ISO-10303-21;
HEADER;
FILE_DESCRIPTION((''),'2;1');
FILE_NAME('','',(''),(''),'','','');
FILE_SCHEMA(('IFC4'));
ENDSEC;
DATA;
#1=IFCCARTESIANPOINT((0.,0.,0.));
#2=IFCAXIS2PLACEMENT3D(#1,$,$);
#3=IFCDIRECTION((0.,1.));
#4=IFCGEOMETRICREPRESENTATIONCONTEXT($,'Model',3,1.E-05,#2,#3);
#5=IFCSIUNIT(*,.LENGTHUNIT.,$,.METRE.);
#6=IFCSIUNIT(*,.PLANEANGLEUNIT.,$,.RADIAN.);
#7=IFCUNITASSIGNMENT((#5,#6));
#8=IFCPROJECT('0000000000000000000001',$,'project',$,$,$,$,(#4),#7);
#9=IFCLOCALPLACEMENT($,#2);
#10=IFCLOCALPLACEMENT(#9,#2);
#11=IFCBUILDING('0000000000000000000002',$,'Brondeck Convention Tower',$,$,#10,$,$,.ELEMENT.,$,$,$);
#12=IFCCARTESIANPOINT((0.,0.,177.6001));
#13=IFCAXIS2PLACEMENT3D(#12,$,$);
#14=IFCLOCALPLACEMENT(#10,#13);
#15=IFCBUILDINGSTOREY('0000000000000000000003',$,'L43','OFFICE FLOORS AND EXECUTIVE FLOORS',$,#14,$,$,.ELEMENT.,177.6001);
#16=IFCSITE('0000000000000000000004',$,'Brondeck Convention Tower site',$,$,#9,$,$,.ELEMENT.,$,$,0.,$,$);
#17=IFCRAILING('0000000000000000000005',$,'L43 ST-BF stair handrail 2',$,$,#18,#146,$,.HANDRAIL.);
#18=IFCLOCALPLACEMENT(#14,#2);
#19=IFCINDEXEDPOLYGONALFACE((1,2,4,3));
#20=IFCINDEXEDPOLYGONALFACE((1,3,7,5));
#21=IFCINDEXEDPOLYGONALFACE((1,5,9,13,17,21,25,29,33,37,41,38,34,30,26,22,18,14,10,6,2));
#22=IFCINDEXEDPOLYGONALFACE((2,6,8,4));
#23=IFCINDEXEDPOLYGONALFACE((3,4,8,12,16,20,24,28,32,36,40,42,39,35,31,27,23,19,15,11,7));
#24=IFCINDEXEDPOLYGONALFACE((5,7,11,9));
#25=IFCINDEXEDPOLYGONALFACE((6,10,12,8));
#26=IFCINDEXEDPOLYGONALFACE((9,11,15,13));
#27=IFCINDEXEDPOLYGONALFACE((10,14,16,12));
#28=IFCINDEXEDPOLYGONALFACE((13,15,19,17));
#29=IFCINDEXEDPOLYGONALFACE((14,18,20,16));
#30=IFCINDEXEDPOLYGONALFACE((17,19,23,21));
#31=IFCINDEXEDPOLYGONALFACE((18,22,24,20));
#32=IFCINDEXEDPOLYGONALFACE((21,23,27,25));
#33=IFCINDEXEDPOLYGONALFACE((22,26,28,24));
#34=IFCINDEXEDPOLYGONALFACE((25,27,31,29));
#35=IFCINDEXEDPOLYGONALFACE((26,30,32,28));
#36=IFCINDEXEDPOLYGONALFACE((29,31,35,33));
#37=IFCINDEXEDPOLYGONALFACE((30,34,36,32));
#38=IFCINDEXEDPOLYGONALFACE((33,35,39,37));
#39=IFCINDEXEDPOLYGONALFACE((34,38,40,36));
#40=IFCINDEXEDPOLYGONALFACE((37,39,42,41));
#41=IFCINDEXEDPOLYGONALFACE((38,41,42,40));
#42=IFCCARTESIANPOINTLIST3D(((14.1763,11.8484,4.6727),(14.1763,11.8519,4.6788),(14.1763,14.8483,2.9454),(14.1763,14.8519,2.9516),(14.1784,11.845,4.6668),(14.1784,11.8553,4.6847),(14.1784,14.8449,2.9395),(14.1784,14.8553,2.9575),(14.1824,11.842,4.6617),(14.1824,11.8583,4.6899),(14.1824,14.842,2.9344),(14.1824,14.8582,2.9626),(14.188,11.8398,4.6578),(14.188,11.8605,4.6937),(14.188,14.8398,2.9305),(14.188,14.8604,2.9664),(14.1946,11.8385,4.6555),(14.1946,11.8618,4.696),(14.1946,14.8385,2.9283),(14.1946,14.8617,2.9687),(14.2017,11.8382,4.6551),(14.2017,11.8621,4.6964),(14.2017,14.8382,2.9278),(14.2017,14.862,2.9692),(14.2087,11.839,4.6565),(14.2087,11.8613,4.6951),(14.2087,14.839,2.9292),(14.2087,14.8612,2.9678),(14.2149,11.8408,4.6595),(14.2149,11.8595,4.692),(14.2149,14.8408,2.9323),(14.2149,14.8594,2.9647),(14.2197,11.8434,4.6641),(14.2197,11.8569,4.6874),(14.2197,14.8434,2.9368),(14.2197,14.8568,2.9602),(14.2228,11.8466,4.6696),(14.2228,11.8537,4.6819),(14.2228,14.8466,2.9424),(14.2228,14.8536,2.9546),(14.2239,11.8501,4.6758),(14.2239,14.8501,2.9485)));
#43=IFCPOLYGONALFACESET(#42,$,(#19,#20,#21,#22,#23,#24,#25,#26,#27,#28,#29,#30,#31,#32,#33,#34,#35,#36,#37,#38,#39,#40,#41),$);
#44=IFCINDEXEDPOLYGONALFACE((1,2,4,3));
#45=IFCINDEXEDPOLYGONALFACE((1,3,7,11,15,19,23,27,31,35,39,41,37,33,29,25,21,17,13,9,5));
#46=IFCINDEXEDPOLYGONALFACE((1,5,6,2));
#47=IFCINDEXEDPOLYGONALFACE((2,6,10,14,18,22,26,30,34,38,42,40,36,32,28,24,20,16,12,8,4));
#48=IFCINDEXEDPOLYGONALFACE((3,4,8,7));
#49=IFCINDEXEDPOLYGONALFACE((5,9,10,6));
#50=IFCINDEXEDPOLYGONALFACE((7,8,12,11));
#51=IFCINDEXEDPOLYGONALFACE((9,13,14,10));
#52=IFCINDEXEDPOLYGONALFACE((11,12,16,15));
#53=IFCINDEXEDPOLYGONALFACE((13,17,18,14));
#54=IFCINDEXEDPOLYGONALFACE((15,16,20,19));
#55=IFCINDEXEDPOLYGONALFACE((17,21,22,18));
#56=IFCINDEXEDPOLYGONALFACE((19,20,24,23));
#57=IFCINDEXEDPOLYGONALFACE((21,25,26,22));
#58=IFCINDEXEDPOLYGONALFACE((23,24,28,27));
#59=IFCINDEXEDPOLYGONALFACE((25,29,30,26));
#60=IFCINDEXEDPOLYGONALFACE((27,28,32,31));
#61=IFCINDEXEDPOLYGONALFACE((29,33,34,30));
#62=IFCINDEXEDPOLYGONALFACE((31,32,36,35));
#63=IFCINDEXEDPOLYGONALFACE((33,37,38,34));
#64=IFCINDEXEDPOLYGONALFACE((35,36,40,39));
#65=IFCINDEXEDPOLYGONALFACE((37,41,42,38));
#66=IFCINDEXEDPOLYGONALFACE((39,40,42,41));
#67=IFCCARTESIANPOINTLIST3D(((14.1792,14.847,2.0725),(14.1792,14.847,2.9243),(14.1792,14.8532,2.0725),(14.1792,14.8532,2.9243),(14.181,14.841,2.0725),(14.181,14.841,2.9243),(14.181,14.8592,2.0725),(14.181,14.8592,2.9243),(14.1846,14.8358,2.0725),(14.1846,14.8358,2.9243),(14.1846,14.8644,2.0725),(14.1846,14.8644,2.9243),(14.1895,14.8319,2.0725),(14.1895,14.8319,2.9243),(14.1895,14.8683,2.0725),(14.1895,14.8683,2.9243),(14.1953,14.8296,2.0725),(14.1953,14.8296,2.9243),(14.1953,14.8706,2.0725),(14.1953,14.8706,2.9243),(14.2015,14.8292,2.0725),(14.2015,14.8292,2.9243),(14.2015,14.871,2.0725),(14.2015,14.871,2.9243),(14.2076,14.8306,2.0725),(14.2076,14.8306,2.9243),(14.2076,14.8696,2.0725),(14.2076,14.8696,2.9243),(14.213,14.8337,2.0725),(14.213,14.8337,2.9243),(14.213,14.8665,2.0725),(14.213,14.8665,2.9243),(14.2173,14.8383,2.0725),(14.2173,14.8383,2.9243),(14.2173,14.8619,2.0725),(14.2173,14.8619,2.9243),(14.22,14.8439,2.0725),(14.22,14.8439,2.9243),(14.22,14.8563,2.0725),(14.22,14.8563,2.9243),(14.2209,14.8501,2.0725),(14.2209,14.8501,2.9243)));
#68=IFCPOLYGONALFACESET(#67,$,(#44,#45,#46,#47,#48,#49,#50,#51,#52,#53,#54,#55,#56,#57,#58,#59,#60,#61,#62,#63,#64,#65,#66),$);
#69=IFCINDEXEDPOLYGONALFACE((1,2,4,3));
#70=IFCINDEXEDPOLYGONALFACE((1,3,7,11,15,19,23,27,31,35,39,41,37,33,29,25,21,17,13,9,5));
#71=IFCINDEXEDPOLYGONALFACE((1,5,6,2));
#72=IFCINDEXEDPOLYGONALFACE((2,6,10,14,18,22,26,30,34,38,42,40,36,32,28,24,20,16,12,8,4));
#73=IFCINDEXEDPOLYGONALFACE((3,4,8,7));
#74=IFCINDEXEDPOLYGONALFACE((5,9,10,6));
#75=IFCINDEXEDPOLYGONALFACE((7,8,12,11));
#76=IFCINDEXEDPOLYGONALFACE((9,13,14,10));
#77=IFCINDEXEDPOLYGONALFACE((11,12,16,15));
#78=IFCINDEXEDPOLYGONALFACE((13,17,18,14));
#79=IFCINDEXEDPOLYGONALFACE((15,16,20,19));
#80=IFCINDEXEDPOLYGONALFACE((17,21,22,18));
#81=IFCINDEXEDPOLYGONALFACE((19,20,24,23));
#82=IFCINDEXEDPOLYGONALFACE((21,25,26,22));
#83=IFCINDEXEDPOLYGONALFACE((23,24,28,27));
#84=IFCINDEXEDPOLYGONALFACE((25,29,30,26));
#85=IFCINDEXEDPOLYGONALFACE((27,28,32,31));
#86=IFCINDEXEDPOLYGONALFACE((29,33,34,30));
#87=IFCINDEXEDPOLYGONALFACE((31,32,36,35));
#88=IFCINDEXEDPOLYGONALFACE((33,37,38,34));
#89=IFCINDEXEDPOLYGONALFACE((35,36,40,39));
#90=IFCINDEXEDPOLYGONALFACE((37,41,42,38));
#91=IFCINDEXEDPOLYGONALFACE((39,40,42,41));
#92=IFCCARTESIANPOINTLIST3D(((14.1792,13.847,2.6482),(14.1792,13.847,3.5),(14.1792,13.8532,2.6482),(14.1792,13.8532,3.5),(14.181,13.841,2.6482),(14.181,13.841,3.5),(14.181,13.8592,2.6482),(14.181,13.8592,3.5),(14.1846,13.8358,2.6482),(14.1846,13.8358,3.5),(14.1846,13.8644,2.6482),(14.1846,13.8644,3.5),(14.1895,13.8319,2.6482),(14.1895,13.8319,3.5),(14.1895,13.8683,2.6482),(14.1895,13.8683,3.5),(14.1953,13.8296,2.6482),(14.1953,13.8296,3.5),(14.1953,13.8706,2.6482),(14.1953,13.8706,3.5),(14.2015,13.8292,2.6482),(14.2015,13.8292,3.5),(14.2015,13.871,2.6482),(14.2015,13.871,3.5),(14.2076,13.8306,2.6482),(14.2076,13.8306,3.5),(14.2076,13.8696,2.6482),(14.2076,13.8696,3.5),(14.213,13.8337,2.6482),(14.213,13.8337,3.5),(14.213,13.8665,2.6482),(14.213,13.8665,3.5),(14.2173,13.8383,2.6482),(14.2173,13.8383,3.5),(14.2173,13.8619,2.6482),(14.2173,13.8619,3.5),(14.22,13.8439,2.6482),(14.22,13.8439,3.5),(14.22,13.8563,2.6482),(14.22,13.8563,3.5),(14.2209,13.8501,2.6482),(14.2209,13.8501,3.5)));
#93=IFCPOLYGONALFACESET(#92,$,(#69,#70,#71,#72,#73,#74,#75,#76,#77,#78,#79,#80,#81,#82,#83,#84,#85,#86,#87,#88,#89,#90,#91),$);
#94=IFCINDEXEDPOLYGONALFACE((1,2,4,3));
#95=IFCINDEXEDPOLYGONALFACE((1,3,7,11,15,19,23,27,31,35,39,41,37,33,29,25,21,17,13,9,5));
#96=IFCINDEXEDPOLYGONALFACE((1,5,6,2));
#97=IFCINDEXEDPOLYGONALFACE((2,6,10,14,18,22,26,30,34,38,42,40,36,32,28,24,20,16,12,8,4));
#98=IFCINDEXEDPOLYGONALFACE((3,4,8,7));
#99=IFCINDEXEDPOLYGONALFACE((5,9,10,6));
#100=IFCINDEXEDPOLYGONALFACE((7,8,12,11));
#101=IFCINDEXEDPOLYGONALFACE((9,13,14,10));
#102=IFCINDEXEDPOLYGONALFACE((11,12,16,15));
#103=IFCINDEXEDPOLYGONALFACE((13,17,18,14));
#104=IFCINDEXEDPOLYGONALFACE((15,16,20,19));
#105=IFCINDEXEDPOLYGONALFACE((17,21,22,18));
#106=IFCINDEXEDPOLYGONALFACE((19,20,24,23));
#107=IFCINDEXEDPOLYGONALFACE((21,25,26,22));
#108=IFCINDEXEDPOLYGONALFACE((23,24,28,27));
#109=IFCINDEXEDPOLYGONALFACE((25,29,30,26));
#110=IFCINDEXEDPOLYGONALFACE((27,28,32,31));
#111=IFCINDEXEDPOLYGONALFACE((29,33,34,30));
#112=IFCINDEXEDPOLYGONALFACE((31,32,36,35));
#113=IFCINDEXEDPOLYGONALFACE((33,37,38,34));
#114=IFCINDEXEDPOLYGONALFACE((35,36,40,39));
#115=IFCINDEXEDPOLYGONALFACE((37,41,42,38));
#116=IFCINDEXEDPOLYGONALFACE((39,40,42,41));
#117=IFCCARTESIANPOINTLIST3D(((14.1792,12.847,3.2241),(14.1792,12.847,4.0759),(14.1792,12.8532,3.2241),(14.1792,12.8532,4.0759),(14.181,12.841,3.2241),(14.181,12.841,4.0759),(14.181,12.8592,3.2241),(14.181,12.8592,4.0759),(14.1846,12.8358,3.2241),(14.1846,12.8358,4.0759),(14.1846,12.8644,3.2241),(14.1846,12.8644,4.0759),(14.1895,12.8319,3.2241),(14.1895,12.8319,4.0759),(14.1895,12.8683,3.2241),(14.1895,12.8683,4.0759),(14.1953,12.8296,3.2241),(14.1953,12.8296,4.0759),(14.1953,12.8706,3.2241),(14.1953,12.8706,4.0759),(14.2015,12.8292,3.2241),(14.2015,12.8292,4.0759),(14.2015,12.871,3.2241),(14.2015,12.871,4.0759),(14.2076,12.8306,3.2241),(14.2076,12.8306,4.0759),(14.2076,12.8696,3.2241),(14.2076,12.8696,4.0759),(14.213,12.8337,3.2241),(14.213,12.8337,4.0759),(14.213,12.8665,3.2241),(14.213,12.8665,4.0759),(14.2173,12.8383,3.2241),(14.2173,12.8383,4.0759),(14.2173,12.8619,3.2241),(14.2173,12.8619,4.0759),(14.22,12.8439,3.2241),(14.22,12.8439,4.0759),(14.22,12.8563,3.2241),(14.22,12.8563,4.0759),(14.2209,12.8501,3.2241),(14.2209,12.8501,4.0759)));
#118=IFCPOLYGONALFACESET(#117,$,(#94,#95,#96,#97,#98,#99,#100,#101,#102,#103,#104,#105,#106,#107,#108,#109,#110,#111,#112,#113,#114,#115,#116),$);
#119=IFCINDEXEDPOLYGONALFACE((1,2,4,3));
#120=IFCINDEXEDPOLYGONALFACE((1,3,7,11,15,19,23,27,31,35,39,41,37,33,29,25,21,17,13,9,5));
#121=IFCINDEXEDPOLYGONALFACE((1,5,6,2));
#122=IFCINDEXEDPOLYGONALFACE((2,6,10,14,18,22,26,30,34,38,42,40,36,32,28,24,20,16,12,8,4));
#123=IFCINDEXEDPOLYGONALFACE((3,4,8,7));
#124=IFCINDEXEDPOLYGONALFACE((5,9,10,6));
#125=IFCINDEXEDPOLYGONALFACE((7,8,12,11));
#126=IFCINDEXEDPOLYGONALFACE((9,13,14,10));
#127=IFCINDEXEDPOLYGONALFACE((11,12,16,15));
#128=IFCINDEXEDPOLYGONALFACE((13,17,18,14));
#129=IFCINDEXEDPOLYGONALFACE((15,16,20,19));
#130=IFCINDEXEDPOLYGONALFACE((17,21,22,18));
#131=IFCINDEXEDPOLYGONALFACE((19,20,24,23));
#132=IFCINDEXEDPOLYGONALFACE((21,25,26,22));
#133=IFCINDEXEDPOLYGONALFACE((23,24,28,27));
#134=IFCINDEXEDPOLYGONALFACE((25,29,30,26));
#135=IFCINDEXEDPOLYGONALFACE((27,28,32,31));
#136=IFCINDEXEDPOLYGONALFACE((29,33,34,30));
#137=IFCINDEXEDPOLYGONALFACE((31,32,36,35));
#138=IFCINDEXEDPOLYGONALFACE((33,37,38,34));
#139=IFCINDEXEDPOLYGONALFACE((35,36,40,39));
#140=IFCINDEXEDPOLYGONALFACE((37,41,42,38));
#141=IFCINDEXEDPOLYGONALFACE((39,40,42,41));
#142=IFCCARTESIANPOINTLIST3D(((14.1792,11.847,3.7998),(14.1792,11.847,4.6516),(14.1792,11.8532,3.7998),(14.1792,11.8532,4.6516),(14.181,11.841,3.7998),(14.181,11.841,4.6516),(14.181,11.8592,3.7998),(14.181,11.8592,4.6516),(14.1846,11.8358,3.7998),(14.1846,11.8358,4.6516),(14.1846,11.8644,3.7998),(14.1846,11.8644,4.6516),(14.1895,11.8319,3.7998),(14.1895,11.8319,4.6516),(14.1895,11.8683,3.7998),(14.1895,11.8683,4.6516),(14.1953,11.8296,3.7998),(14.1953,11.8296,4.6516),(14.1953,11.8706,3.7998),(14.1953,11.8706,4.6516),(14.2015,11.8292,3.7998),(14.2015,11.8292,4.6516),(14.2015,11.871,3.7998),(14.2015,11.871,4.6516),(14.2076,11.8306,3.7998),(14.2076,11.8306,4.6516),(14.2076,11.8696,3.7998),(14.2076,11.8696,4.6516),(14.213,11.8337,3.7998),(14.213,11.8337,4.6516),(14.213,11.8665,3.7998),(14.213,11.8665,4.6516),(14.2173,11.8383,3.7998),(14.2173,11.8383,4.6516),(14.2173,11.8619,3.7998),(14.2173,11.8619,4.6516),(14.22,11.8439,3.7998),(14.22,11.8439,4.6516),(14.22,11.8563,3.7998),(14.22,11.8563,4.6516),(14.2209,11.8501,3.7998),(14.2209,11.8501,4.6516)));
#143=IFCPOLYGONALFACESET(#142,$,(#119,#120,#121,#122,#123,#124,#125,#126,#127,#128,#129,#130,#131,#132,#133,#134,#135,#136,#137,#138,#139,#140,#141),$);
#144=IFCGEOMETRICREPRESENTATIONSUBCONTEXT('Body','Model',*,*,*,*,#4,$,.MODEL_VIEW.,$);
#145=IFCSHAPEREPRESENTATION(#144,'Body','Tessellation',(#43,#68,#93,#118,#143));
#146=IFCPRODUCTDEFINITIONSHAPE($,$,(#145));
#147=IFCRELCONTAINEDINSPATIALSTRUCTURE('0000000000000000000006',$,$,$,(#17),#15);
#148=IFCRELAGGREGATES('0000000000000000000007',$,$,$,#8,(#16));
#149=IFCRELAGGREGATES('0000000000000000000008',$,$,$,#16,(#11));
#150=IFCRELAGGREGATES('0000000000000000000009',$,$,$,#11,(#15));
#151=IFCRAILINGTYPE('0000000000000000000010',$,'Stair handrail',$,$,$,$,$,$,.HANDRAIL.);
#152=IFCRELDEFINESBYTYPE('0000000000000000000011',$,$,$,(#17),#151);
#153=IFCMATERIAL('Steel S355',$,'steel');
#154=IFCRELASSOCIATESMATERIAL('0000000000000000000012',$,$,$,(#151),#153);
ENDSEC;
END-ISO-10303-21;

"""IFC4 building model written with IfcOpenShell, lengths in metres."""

from ifc_helpers import new_model, si_unit, direction, frame, origin, origin_2d, place, context, subcontext, project, spatial, circle, extrude, material, type_object, element, save


model = new_model("IFC4")

# Units and contexts
model_context = context("Model", 3, precision=1e-05, world=origin(), true_north=direction((0.0, 1.0)))
body_context = subcontext(model_context, "Body", "Model", "MODEL_VIEW")
ifc_project = project(units=[si_unit("LENGTHUNIT", "METRE"), si_unit("PLANEANGLEUNIT", "RADIAN")], contexts=[model_context])

# Site, building, storey
site_placement = place(None, origin())
site = spatial("IfcSite", under=ifc_project, at=site_placement, Name="Brondeck Convention Tower site", CompositionType="ELEMENT", RefElevation=0.0)
building_placement = place(site_placement, origin())
building = spatial("IfcBuilding", under=site, at=building_placement, Name="Brondeck Convention Tower", CompositionType="ELEMENT")
storey_placement = place(building_placement, frame((0.0, 0.0, 177.6001)))
storey = spatial("IfcBuildingStorey", under=building, at=storey_placement, Name="L43", Description="OFFICE FLOORS AND EXECUTIVE FLOORS", CompositionType="ELEMENT", Elevation=177.6001)

# Shared definitions
ifc_material_1 = material(Name="Steel S355", Category="steel")

# Railing
railing_type_1 = type_object("IfcRailingType", Name="Stair handrail", PredefinedType="HANDRAIL", material=ifc_material_1)
railing_1_placement = place(storey_placement, frame((14.2, 14.8501, 2.0725)))
element("IfcRailing", 1, at=railing_1_placement, inside=storey, type_object=railing_type_1, Name="L43 ST-BF stair handrail 2", PredefinedType="HANDRAIL", context=body_context, shape_type="SweptSolid", body=[
    extrude(circle(Radius=0.0239, at=origin_2d()), frame((0.0, 0.0, 0.876), z_axis=(0.0, -0.86662, 0.498969), x_axis=(1.0, 0.0, 0.0)), (0.0, 0.0, 1.0), 3.4617),
    extrude(circle(Radius=0.021, at=origin_2d()), origin(), (0.0, 0.0, 1.0), 0.8518),
    extrude(circle(Radius=0.021, at=origin_2d()), frame((0.0, -1.0, 0.5757)), (0.0, 0.0, 1.0), 0.8518),
    extrude(circle(Radius=0.021, at=origin_2d()), frame((0.0, -2.0, 1.1516)), (0.0, 0.0, 1.0), 0.8518),
    extrude(circle(Radius=0.021, at=origin_2d()), frame((0.0, -3.0, 1.7273)), (0.0, 0.0, 1.0), 0.8518),
])

save(model, "model.ifc")
